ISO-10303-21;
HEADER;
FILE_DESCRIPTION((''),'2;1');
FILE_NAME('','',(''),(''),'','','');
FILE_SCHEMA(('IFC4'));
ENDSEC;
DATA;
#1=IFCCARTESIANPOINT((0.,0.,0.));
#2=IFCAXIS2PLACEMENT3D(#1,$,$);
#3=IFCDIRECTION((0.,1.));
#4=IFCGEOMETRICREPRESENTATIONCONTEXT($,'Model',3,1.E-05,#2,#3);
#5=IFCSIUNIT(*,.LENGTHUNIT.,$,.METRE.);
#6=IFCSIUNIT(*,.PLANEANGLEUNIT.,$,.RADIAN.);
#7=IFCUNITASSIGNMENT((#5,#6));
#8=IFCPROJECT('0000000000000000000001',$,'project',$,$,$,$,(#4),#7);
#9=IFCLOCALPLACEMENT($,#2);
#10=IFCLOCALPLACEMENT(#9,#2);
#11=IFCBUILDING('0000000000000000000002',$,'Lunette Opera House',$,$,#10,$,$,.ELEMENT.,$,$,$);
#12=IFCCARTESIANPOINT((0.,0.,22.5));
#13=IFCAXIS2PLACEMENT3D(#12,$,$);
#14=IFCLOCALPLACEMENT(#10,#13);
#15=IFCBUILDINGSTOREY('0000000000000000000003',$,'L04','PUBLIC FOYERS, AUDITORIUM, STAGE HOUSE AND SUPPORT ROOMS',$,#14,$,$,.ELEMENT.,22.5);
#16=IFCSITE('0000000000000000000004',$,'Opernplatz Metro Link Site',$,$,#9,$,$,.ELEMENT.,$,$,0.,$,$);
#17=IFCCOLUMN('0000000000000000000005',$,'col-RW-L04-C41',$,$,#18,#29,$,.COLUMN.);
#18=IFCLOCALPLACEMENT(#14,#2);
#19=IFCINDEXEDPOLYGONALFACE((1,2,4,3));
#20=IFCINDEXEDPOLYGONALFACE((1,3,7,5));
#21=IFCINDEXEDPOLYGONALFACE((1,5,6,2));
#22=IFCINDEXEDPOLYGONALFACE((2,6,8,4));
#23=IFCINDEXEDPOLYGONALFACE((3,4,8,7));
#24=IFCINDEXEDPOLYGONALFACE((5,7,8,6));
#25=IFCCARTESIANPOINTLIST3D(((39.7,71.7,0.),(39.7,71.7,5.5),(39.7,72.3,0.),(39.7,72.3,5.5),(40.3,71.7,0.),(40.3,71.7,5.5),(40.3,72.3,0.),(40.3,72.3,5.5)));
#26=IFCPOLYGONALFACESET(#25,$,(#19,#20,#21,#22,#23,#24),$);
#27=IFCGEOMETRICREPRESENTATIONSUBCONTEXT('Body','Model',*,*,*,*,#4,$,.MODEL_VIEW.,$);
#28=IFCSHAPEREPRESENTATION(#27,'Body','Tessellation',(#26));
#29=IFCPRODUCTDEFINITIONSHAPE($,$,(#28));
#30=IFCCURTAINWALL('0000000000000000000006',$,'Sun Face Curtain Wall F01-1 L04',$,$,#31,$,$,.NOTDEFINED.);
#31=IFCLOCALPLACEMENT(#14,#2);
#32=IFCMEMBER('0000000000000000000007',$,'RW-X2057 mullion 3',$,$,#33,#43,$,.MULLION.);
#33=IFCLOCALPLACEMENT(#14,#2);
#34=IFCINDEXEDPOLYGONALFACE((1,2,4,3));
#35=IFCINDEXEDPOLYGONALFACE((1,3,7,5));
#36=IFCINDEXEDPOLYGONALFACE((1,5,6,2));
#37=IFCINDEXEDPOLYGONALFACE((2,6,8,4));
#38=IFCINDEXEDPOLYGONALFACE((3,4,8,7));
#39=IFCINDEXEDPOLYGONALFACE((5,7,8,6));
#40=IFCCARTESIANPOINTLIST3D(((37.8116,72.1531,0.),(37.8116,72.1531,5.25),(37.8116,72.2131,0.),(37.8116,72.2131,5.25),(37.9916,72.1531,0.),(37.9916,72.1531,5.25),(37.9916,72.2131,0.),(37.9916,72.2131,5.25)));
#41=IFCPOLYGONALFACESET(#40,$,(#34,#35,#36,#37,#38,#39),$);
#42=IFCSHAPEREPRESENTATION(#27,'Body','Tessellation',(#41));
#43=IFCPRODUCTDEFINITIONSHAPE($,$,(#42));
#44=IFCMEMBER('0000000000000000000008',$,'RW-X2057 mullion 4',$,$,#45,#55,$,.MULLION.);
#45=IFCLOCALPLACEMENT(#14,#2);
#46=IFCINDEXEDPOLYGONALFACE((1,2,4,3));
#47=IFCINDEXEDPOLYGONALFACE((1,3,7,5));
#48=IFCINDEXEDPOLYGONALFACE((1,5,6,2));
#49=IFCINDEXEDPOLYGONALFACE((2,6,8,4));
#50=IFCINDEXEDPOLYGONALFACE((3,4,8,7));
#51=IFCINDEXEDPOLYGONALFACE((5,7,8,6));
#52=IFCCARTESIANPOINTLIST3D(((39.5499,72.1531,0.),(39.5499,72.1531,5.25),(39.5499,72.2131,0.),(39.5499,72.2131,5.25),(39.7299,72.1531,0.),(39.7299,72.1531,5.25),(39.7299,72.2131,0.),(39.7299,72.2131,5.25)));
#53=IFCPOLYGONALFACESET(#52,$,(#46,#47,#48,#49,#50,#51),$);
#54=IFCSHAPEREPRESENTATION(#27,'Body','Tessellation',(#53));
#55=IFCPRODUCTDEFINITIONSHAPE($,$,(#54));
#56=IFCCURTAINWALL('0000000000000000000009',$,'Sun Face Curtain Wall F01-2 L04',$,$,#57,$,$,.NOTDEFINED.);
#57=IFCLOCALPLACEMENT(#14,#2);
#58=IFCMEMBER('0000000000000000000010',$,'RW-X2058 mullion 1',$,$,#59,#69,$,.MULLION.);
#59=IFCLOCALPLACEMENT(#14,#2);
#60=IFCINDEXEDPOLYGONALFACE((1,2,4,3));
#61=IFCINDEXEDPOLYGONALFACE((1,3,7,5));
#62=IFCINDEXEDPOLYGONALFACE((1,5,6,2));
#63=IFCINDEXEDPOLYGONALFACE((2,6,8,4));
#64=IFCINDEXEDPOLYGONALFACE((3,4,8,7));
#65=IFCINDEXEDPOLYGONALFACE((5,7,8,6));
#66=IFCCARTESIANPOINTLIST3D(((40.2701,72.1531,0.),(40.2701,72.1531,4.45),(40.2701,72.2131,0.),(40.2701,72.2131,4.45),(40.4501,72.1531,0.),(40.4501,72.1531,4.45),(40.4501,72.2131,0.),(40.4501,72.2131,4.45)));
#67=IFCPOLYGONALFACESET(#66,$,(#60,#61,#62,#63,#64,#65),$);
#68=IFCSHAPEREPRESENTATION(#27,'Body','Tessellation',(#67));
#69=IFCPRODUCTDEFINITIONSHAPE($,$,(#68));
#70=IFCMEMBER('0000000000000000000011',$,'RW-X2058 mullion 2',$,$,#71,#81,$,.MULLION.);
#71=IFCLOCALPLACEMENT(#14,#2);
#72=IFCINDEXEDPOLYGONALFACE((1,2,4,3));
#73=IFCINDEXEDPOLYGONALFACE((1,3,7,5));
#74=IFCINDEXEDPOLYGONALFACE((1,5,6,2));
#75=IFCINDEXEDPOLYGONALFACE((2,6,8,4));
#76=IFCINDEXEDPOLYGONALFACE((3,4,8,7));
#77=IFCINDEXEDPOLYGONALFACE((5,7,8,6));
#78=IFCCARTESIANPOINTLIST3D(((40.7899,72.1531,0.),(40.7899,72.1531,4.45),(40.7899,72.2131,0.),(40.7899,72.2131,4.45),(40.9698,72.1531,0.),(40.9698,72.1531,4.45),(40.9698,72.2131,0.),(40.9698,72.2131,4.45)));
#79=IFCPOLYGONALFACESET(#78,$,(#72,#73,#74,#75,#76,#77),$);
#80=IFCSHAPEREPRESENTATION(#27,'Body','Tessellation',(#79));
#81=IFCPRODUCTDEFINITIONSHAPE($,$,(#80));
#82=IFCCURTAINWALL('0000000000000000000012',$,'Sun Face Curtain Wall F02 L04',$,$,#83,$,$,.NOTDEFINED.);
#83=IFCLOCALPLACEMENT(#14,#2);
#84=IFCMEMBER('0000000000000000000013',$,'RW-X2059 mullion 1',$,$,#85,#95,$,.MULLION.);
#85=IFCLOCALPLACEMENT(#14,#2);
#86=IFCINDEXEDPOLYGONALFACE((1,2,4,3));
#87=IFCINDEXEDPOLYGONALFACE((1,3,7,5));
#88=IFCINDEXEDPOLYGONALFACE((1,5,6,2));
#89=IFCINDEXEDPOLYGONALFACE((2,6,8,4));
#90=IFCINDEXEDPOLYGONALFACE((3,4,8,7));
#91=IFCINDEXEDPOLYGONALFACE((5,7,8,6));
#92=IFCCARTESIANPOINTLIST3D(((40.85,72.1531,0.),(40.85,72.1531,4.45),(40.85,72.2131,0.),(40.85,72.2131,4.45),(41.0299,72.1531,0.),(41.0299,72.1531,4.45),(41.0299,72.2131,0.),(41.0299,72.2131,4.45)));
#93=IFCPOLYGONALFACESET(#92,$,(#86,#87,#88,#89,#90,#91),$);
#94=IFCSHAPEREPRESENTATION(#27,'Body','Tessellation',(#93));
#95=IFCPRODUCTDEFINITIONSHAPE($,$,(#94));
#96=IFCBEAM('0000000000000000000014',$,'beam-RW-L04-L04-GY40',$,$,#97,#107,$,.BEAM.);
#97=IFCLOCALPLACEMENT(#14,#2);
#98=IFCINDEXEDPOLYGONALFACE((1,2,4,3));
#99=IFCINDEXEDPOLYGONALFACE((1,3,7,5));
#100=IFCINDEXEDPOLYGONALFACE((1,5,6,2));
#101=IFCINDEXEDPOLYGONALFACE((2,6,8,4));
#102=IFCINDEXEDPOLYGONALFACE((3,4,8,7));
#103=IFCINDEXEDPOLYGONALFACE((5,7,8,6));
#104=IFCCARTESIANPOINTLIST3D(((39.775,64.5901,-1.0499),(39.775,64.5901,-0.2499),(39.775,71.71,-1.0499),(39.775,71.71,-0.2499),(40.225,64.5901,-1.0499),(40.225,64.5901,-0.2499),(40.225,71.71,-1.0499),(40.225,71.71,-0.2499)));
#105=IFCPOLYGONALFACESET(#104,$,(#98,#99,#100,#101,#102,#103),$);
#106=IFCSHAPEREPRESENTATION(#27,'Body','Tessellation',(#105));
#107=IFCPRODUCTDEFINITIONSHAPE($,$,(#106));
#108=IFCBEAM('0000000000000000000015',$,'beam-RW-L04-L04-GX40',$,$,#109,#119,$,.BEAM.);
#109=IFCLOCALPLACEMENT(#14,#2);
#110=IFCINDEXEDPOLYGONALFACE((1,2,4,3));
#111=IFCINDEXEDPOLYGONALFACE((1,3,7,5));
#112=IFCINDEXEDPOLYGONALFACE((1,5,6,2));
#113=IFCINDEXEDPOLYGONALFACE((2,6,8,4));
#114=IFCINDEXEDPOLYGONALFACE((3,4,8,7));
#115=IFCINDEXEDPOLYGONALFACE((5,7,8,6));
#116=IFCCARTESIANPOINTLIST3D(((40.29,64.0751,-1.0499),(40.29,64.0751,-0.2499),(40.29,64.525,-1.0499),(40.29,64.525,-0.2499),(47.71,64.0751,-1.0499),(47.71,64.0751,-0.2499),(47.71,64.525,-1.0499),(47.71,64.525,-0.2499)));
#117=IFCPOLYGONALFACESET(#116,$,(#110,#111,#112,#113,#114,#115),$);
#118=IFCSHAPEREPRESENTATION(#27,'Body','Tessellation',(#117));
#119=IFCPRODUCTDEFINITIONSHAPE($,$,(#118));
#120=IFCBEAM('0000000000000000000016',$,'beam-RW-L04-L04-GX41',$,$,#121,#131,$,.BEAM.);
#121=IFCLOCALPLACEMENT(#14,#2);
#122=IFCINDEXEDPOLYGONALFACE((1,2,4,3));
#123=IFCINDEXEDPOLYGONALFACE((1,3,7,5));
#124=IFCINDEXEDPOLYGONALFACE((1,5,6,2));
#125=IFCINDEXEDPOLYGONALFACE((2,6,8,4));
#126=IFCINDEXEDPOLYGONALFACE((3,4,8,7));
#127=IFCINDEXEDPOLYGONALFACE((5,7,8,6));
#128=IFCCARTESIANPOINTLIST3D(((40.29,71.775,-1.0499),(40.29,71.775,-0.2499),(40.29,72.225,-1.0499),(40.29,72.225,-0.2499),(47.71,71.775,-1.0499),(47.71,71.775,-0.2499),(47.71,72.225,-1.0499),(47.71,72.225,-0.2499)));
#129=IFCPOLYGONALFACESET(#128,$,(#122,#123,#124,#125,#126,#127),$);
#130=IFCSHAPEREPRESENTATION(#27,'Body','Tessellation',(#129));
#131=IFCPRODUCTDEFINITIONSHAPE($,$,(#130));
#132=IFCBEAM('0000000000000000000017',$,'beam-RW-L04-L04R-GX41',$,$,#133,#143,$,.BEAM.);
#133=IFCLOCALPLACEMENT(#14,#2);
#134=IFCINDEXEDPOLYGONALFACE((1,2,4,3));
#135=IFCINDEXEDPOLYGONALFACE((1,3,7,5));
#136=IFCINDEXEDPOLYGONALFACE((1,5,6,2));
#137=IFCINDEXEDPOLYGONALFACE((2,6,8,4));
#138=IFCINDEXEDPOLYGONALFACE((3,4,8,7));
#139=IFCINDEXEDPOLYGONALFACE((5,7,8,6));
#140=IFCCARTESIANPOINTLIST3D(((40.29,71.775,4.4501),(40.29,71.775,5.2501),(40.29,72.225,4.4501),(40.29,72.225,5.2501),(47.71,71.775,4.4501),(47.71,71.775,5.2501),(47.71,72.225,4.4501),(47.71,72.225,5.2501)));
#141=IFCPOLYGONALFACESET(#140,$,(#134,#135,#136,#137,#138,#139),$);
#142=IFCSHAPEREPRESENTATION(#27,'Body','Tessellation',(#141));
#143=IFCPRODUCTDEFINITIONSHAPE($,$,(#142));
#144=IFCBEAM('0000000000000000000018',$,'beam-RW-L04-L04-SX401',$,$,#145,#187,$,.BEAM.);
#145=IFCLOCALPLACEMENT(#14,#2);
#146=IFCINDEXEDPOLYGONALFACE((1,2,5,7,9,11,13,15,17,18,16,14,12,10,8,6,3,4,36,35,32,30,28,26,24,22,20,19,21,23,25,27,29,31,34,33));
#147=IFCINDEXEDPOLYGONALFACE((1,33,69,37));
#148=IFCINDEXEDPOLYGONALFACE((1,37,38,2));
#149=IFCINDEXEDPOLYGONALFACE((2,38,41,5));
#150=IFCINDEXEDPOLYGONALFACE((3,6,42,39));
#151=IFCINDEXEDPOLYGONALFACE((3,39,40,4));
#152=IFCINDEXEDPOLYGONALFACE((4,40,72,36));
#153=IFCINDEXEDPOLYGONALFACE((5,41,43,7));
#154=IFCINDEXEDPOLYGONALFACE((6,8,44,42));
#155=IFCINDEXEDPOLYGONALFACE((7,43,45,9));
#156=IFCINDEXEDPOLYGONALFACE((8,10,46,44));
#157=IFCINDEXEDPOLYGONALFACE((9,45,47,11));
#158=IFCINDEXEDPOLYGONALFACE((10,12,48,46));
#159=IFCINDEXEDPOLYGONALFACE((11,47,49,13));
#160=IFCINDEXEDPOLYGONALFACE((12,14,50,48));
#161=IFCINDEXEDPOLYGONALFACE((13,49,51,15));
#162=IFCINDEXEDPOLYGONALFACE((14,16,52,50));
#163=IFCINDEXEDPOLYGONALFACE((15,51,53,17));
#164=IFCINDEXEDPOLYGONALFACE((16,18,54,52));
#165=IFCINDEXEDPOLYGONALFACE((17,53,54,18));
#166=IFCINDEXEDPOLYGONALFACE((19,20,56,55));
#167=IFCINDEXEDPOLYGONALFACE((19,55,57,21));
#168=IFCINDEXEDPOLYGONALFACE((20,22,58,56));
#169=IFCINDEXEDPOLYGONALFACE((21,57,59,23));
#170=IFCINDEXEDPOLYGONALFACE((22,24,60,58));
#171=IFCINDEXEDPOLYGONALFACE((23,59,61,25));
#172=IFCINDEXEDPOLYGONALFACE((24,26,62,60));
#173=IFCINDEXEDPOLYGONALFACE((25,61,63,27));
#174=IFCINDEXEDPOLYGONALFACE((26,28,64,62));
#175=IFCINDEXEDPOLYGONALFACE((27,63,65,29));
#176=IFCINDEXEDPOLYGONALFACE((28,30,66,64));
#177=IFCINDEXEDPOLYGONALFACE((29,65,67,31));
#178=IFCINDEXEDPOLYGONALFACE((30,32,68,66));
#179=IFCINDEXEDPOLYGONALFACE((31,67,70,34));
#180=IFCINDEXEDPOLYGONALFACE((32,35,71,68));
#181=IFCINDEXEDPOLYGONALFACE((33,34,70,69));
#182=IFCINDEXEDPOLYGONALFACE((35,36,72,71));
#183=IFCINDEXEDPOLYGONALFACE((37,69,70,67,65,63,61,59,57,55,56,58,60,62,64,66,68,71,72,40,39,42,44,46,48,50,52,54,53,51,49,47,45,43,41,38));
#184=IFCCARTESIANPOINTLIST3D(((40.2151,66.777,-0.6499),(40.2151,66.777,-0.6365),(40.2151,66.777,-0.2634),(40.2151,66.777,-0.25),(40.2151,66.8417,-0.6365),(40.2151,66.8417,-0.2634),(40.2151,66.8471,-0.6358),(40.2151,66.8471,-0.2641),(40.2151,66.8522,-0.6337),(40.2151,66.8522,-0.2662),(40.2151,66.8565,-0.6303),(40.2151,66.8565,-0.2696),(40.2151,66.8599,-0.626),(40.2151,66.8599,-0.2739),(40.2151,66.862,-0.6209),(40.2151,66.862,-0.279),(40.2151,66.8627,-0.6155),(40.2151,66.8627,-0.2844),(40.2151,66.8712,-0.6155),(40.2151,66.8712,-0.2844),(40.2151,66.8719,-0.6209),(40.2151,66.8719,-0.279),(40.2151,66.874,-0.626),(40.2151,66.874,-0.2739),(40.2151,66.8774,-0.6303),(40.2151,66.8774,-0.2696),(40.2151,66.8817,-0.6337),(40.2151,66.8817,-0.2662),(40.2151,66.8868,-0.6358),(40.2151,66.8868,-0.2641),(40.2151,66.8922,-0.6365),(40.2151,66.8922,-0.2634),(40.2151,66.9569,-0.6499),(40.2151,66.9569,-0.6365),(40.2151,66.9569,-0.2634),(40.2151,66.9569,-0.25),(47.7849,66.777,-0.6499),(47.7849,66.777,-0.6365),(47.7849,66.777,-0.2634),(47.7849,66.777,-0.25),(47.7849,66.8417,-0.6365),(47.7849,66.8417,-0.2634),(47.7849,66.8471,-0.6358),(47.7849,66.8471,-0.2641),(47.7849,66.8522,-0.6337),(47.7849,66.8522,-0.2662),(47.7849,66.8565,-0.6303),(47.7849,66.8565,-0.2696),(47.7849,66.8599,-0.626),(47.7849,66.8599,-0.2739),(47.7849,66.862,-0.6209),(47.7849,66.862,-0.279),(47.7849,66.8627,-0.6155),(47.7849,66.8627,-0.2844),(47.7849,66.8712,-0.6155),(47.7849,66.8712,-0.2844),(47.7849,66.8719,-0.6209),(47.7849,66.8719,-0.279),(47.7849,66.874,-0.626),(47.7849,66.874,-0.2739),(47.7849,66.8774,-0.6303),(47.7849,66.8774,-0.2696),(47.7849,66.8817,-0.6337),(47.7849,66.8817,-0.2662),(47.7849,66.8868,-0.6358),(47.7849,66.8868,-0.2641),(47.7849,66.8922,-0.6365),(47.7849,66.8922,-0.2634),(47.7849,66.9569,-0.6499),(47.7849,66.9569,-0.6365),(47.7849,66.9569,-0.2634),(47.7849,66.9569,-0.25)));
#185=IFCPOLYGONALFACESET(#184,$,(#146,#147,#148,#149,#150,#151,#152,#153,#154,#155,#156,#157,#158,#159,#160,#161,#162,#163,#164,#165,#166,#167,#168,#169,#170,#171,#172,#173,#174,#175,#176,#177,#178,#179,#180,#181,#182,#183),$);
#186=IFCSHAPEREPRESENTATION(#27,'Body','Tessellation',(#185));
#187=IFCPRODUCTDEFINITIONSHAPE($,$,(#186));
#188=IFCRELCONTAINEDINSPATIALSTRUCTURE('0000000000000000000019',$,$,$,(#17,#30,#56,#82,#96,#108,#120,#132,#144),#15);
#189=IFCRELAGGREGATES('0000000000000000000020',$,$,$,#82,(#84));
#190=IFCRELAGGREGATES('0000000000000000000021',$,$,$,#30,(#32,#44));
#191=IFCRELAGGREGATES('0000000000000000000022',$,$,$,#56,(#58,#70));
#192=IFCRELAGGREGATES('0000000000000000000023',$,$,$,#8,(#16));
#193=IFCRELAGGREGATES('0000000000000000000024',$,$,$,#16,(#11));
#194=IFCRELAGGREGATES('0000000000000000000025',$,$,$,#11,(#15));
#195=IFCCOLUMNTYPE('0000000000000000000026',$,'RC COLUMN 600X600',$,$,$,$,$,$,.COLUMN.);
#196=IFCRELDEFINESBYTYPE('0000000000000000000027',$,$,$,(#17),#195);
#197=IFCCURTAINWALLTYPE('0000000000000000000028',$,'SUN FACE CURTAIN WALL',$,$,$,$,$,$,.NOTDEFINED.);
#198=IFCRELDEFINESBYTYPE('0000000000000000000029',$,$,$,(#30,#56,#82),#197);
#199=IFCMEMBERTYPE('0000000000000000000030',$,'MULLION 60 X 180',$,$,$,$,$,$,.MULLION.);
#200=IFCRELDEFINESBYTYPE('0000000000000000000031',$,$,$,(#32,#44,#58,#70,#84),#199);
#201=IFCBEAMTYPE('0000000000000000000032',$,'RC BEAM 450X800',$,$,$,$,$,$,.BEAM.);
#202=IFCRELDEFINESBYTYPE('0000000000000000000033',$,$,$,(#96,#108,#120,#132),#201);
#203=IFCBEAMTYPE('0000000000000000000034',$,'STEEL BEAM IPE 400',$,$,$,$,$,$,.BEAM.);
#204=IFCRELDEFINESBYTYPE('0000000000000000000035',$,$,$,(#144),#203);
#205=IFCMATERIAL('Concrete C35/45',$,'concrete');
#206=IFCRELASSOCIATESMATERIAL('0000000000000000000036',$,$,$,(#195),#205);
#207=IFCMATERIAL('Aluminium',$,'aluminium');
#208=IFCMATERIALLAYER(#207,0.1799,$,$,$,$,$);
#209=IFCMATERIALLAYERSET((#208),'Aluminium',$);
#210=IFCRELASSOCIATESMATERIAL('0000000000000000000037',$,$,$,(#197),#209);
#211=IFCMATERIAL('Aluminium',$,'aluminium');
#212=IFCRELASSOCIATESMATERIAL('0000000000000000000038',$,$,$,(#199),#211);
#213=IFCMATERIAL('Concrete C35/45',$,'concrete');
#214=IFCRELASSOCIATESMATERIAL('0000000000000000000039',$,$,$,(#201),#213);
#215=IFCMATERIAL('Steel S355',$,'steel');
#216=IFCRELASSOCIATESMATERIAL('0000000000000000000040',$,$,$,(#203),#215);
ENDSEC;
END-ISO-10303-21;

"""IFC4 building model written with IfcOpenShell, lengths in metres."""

from ifc_helpers import new_model, si_unit, direction, frame, origin, origin_2d, place, context, subcontext, project, spatial, rectangle, i_section, extrude, material, layer, layer_set, material_profile, profile_set, type_object, element, aggregate, save


model = new_model("IFC4")

# Units and contexts
model_context = context("Model", 3, precision=1e-05, world=origin(), true_north=direction((0.0, 1.0)))
body_context = subcontext(model_context, "Body", "Model", "MODEL_VIEW")
ifc_project = project(units=[si_unit("LENGTHUNIT", "METRE"), si_unit("PLANEANGLEUNIT", "RADIAN")], contexts=[model_context])

# Site, building, storey
site_placement = place(None, origin())
site = spatial("IfcSite", under=ifc_project, at=site_placement, Name="Opernplatz Metro Link Site", CompositionType="ELEMENT", RefElevation=0.0)
building_placement = place(site_placement, origin())
building = spatial("IfcBuilding", under=site, at=building_placement, Name="Lunette Opera House", CompositionType="ELEMENT")
storey_placement = place(building_placement, frame((0.0, 0.0, 22.5)))
storey = spatial("IfcBuildingStorey", under=building, at=storey_placement, Name="L04", Description="PUBLIC FOYERS, AUDITORIUM, STAGE HOUSE AND SUPPORT ROOMS", CompositionType="ELEMENT", Elevation=22.5)

# Column
ifc_material_1 = material(Name="Concrete C35/45", Category="concrete")
ifc_material_profile_1 = material_profile(ifc_material_1, rectangle(XDim=0.6001, YDim=0.6001, at=origin_2d()), Name="RC COLUMN 600X600")
ifc_profile_set_1 = profile_set([ifc_material_profile_1], Name="Concrete C35/45")
column_type = type_object("IfcColumnType", Name="RC COLUMN 600X600", PredefinedType="COLUMN", material=ifc_profile_set_1)
column_placement = place(storey_placement, frame((40.0, 72.0, 0.0), z_axis=(0.0, 0.0, 1.0), x_axis=(1.0, 0.0, 0.0)))
element("IfcColumn", 1, at=column_placement, inside=storey, type_object=column_type, Name="col-RW-L04-C41", PredefinedType="COLUMN", context=body_context, shape_type="SweptSolid", body=[
    extrude(rectangle(XDim=0.6001, YDim=0.6001, at=origin_2d()), origin(), (0.0, 0.0, 1.0), 5.5),
])

# Curtain walls, members
ifc_material_2 = material(Name="Aluminium", Category="aluminium")
ifc_layer_1 = layer(ifc_material_2, 0.1799)
ifc_layer_set_1 = layer_set([ifc_layer_1], Name="Aluminium")
curtain_wall_type = type_object("IfcCurtainWallType", Name="SUN FACE CURTAIN WALL", PredefinedType="NOTDEFINED", material=ifc_layer_set_1)
curtain_wall_1_placement = place(storey_placement, origin())
curtain_wall_1 = element("IfcCurtainWall", 2, at=curtain_wall_1_placement, inside=storey, type_object=curtain_wall_type, Name="Sun Face Curtain Wall F01-1 L04", PredefinedType="NOTDEFINED")
ifc_material_3 = material(Name="Aluminium", Category="aluminium")
ifc_material_profile_2 = material_profile(ifc_material_3, rectangle(XDim=0.0601, YDim=0.1799, at=origin_2d()), Name="MULLION 60 X 180")
ifc_profile_set_2 = profile_set([ifc_material_profile_2], Name="Aluminium")
member_type_1 = type_object("IfcMemberType", Name="MULLION 60 X 180", PredefinedType="MULLION", material=ifc_profile_set_2)
member_1_placement = place(storey_placement, frame((37.9016, 72.1831, 0.0), z_axis=(0.0, 0.0, 1.0), x_axis=(0.0, 1.0, 0.0)))
member_1 = element("IfcMember", 3, at=member_1_placement, type_object=member_type_1, Name="RW-X2057 mullion 3", PredefinedType="MULLION", context=body_context, shape_type="SweptSolid", body=[
    extrude(rectangle(XDim=0.0601, YDim=0.1799, at=origin_2d()), origin(), (0.0, 0.0, 1.0), 5.25),
])
member_2_placement = place(storey_placement, frame((39.6399, 72.1831, 0.0), z_axis=(0.0, 0.0, 1.0), x_axis=(0.0, 1.0, 0.0)))
member_2 = element("IfcMember", 4, at=member_2_placement, type_object=member_type_1, Name="RW-X2057 mullion 4", PredefinedType="MULLION", context=body_context, shape_type="SweptSolid", body=[
    extrude(rectangle(XDim=0.0601, YDim=0.1799, at=origin_2d()), origin(), (0.0, 0.0, 1.0), 5.25),
])
curtain_wall_2_placement = place(storey_placement, origin())
curtain_wall_2 = element("IfcCurtainWall", 5, at=curtain_wall_2_placement, inside=storey, type_object=curtain_wall_type, Name="Sun Face Curtain Wall F01-2 L04", PredefinedType="NOTDEFINED")
member_3_placement = place(storey_placement, frame((40.3601, 72.1831, 0.0), z_axis=(0.0, 0.0, 1.0), x_axis=(0.0, 1.0, 0.0)))
member_3 = element("IfcMember", 6, at=member_3_placement, type_object=member_type_1, Name="RW-X2058 mullion 1", PredefinedType="MULLION", context=body_context, shape_type="SweptSolid", body=[
    extrude(rectangle(XDim=0.0601, YDim=0.1799, at=origin_2d()), origin(), (0.0, 0.0, 1.0), 4.45),
])
member_4_placement = place(storey_placement, frame((40.8799, 72.1831, 0.0), z_axis=(0.0, 0.0, 1.0), x_axis=(0.0, 1.0, 0.0)))
member_4 = element("IfcMember", 7, at=member_4_placement, type_object=member_type_1, Name="RW-X2058 mullion 2", PredefinedType="MULLION", context=body_context, shape_type="SweptSolid", body=[
    extrude(rectangle(XDim=0.0601, YDim=0.1799, at=origin_2d()), origin(), (0.0, 0.0, 1.0), 4.45),
])

# Curtain wall, member
curtain_wall_3_placement = place(storey_placement, origin())
curtain_wall_3 = element("IfcCurtainWall", 8, at=curtain_wall_3_placement, inside=storey, type_object=curtain_wall_type, Name="Sun Face Curtain Wall F02 L04", PredefinedType="NOTDEFINED")
member_5_placement = place(storey_placement, frame((40.9399, 72.1831, 0.0), z_axis=(0.0, 0.0, 1.0), x_axis=(0.0, 1.0, 0.0)))
member_5 = element("IfcMember", 9, at=member_5_placement, type_object=member_type_1, Name="RW-X2059 mullion 1", PredefinedType="MULLION", context=body_context, shape_type="SweptSolid", body=[
    extrude(rectangle(XDim=0.0601, YDim=0.1799, at=origin_2d()), origin(), (0.0, 0.0, 1.0), 4.45),
])

# Beams
ifc_material_4 = material(Name="Concrete C35/45", Category="concrete")
ifc_material_profile_3 = material_profile(ifc_material_4, rectangle(XDim=0.45, YDim=0.8, at=origin_2d()), Name="RC BEAM 450X800")
ifc_profile_set_3 = profile_set([ifc_material_profile_3], Name="Concrete C35/45")
beam_type_1 = type_object("IfcBeamType", Name="RC BEAM 450X800", PredefinedType="BEAM", material=ifc_profile_set_3)
beam_placement = place(storey_placement, frame((40.0, 64.5901, -0.6499), z_axis=(0.0, 1.0, 0.0), x_axis=(-1.0, 0.0, 0.0)))
element("IfcBeam", 10, at=beam_placement, inside=storey, type_object=beam_type_1, Name="beam-RW-L04-L04-GY40", PredefinedType="BEAM", context=body_context, shape_type="SweptSolid", body=[
    extrude(rectangle(XDim=0.45, YDim=0.8, at=origin_2d()), origin(), (0.0, 0.0, 1.0), 7.1199),
])
for number, where, z_axis, x_axis, name in (
    (11, (40.29, 64.3, -0.6499), (1.0, 0.0, 0.0), (0.0, 1.0, 0.0), "beam-RW-L04-L04-GX40"),
    (12, (40.29, 72.0, -0.6499), (1.0, 0.0, 0.0), (0.0, 1.0, 0.0), "beam-RW-L04-L04-GX41"),
    (13, (40.29, 72.0, 4.8501), (1.0, 0.0, 0.0), (0.0, 1.0, 0.0), "beam-RW-L04-L04R-GX41"),
):
    element("IfcBeam", number, at=place(storey_placement, frame(where, z_axis=z_axis, x_axis=x_axis)), inside=storey, type_object=beam_type_1, Name=name, PredefinedType="BEAM", context=body_context, shape_type="SweptSolid", body=[
        extrude(rectangle(XDim=0.45, YDim=0.8, at=origin_2d()), origin(), (0.0, 0.0, 1.0), 7.4199),
    ])
ifc_material_5 = material(Name="Steel S355", Category="steel")
ifc_material_profile_4 = material_profile(ifc_material_5, i_section(OverallWidth=0.1799, OverallDepth=0.3999, WebThickness=0.0085, FlangeThickness=0.0134, FilletRadius=0.021, at=origin_2d()), Name="IPE 400")
ifc_profile_set_4 = profile_set([ifc_material_profile_4], Name="Steel S355")
beam_type_2 = type_object("IfcBeamType", Name="STEEL BEAM IPE 400", PredefinedType="BEAM", material=ifc_profile_set_4)
for number, where, z_axis, x_axis, name in (
    (14, (40.2151, 66.8669, -0.45), (1.0, 0.0, 0.0), (0.0, 1.0, 0.0), "beam-RW-L04-L04-SX401"),
):
    element("IfcBeam", number, at=place(storey_placement, frame(where, z_axis=z_axis, x_axis=x_axis)), inside=storey, type_object=beam_type_2, Name=name, PredefinedType="BEAM", context=body_context, shape_type="SweptSolid", body=[
        extrude(i_section(OverallWidth=0.1799, OverallDepth=0.3999, WebThickness=0.0085, FlangeThickness=0.0134, FilletRadius=0.021, at=origin_2d()), origin(), (0.0, 0.0, 1.0), 7.5698),
    ])

aggregate(curtain_wall_3, [member_5])

aggregate(curtain_wall_1, [member_1, member_2])
aggregate(curtain_wall_2, [member_3, member_4])

save(model, "model.ifc")
